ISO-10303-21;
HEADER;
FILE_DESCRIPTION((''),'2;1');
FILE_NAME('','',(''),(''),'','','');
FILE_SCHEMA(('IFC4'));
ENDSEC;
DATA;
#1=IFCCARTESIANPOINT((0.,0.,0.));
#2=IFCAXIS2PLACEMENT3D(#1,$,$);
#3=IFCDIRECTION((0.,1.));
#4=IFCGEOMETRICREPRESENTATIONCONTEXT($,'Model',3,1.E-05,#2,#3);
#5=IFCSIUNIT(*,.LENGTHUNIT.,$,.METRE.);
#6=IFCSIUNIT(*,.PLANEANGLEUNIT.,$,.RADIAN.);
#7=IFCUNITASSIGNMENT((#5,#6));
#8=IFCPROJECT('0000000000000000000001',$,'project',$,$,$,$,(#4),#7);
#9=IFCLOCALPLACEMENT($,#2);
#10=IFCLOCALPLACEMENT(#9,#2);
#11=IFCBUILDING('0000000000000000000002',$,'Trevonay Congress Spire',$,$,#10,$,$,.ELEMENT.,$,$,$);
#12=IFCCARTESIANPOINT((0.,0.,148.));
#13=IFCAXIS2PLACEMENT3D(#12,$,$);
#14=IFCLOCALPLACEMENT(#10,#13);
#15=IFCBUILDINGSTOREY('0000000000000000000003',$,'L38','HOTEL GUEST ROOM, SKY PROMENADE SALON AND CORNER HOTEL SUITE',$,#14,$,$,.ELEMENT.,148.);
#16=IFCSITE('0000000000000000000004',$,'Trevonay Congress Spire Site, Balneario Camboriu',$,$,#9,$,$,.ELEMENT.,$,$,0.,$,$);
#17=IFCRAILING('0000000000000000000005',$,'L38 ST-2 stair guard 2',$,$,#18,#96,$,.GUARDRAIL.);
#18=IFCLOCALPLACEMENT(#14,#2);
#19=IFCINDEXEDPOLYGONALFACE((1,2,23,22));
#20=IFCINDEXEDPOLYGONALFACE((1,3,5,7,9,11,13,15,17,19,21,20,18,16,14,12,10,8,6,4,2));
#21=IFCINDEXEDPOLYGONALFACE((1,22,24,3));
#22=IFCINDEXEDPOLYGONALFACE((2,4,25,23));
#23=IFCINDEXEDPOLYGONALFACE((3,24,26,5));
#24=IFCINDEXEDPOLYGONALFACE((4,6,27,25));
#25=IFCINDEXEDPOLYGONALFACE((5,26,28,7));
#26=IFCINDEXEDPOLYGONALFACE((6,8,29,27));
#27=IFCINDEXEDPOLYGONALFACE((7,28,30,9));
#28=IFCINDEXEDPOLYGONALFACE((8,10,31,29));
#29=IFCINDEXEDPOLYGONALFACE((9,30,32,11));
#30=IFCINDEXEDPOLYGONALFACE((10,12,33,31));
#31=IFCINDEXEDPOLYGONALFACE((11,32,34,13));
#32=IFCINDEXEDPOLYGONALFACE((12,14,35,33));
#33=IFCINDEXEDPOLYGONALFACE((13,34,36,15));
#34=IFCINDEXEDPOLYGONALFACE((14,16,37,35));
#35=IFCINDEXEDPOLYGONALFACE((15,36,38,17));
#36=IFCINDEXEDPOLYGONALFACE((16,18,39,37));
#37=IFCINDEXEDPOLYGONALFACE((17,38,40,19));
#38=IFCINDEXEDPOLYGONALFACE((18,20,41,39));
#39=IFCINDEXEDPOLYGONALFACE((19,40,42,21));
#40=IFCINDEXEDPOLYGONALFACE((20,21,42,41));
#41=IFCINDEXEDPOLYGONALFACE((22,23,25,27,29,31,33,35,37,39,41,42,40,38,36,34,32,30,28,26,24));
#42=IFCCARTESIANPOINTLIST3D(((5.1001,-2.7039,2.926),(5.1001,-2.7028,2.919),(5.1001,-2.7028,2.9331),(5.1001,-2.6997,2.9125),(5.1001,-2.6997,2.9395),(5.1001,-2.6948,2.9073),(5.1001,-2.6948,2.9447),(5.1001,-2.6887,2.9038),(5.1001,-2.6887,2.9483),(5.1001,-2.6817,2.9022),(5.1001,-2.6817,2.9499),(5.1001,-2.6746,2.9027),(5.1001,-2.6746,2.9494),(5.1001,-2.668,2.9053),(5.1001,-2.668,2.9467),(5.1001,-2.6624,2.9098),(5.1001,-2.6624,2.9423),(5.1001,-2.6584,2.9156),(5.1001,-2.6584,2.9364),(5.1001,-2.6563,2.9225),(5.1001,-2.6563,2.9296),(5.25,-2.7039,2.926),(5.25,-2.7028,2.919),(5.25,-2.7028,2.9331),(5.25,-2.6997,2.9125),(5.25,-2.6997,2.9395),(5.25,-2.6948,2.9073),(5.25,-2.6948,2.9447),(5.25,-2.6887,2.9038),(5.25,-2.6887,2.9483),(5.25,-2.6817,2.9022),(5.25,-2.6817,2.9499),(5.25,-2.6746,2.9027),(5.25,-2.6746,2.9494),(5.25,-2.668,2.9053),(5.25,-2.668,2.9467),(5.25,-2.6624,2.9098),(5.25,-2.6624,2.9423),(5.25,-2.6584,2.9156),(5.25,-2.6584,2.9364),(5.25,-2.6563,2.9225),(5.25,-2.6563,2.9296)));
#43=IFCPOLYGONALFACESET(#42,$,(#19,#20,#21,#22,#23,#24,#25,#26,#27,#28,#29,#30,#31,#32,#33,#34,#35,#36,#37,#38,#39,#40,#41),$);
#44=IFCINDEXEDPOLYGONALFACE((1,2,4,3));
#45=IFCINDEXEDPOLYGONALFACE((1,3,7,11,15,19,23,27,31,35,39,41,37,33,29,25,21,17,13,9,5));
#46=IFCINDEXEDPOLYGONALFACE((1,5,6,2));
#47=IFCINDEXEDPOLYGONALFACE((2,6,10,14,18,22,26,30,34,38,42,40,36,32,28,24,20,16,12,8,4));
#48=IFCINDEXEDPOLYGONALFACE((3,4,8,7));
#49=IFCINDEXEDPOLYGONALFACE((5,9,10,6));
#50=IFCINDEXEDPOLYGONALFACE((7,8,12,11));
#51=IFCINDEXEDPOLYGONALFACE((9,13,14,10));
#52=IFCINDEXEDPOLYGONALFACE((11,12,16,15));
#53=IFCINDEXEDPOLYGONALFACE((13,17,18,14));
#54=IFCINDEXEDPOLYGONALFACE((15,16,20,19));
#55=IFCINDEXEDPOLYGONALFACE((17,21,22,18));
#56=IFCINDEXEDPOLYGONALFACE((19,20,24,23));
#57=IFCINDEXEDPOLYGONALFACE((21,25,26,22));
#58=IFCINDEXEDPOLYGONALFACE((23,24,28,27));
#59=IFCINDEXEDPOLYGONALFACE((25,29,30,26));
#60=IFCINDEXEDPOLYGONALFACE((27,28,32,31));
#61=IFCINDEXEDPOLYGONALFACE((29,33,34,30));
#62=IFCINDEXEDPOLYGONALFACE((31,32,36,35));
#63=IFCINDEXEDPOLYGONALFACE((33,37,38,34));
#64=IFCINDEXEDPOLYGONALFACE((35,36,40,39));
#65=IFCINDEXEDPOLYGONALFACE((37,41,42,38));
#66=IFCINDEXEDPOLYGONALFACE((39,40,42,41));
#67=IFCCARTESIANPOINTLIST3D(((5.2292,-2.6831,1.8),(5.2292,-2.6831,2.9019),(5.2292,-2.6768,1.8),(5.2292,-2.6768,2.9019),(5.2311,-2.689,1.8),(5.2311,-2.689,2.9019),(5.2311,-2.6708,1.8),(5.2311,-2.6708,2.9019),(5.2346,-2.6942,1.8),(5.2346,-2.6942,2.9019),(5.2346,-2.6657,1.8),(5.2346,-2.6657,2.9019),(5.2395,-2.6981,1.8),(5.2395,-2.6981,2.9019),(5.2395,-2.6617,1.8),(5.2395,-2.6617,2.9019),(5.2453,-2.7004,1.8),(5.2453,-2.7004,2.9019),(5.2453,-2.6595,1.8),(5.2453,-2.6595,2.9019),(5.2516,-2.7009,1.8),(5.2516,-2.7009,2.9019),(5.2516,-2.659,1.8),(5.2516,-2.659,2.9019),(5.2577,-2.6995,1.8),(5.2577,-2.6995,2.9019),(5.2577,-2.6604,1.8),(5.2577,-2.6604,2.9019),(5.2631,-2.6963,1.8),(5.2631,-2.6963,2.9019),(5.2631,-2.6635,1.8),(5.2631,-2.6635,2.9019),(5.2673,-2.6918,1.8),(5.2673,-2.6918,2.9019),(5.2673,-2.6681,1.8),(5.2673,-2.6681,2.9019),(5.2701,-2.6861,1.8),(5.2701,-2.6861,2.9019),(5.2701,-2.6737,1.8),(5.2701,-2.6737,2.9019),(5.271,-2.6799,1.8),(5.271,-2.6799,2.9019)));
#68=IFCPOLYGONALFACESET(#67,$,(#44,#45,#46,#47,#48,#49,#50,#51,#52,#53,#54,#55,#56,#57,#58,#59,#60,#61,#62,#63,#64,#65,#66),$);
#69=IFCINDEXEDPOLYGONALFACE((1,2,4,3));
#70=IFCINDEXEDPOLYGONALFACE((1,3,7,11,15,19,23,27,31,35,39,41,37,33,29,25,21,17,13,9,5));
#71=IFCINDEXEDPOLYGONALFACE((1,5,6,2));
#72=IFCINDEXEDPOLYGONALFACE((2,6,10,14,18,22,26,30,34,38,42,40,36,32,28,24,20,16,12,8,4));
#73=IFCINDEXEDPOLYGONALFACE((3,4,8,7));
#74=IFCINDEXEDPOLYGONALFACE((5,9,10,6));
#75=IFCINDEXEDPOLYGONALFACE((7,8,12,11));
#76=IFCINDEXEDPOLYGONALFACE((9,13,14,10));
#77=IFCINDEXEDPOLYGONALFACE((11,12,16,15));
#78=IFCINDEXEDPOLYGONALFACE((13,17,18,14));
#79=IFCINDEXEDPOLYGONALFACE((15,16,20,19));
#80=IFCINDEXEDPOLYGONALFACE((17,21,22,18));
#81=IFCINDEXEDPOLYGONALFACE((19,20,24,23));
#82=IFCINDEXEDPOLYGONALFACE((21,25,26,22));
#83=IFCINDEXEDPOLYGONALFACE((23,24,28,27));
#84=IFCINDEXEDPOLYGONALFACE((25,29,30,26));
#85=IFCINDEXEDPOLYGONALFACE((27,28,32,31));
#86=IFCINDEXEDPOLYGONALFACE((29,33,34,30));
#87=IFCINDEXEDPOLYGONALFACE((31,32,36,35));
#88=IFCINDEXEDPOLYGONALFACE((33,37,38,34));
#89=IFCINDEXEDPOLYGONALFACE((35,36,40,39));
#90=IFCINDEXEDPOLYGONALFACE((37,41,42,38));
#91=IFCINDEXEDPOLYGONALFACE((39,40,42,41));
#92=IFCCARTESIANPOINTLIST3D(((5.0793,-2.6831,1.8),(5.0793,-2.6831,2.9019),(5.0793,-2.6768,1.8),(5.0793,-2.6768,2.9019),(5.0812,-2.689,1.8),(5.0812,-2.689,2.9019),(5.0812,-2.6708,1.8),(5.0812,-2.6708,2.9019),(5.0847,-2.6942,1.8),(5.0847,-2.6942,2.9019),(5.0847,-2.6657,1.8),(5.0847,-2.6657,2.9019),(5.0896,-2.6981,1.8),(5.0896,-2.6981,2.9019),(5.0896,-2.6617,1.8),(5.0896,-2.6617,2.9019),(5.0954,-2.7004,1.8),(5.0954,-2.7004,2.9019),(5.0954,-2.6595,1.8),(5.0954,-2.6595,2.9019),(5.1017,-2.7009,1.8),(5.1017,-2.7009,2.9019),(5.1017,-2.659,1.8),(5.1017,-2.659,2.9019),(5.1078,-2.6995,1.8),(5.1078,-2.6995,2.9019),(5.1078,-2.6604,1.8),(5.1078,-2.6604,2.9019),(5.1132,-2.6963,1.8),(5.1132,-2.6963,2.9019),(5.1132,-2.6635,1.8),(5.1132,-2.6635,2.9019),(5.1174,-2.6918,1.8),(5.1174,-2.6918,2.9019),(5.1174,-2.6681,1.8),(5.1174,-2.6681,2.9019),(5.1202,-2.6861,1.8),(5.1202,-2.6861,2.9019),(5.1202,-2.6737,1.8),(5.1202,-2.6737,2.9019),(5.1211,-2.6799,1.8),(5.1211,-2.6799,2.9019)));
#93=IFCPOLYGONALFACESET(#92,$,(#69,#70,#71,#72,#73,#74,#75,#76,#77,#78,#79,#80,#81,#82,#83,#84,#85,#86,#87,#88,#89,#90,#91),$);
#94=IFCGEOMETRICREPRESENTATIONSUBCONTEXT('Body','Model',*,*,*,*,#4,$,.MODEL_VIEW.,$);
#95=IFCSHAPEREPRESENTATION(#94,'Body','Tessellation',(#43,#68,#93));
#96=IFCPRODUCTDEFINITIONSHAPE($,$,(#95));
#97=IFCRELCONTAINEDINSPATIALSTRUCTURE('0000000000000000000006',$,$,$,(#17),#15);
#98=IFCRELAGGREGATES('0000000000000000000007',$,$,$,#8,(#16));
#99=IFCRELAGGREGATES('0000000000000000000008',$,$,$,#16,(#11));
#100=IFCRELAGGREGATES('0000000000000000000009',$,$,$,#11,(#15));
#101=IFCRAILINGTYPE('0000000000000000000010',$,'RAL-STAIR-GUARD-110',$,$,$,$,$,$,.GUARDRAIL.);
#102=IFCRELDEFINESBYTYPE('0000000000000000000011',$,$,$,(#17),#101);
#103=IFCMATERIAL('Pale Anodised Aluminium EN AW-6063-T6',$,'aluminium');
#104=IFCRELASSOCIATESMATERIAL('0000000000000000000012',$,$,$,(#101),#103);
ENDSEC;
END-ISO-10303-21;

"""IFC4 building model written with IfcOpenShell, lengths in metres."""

from ifc_helpers import new_model, si_unit, direction, frame, origin, origin_2d, place, context, subcontext, project, spatial, circle, extrude, material, type_object, element, save


model = new_model("IFC4")

# Units and contexts
model_context = context("Model", 3, precision=1e-05, world=origin(), true_north=direction((0.0, 1.0)))
body_context = subcontext(model_context, "Body", "Model", "MODEL_VIEW")
ifc_project = project(units=[si_unit("LENGTHUNIT", "METRE"), si_unit("PLANEANGLEUNIT", "RADIAN")], contexts=[model_context])

# Site, building, storey
site_placement = place(None, origin())
site = spatial("IfcSite", under=ifc_project, at=site_placement, Name="Trevonay Congress Spire Site, Balneario Camboriu", CompositionType="ELEMENT", RefElevation=0.0)
building_placement = place(site_placement, origin())
building = spatial("IfcBuilding", under=site, at=building_placement, Name="Trevonay Congress Spire", CompositionType="ELEMENT")
storey_placement = place(building_placement, frame((0.0, 0.0, 148.0)))
storey = spatial("IfcBuildingStorey", under=building, at=storey_placement, Name="L38", Description="HOTEL GUEST ROOM, SKY PROMENADE SALON AND CORNER HOTEL SUITE", CompositionType="ELEMENT", Elevation=148.0)

# Railing
ifc_material_1 = material(Name="Pale Anodised Aluminium EN AW-6063-T6", Category="aluminium")
railing_type_1 = type_object("IfcRailingType", Name="RAL-STAIR-GUARD-110", PredefinedType="GUARDRAIL", material=ifc_material_1)
railing_1_placement = place(storey_placement, frame((5.25, -2.6799, 1.8)))
element("IfcRailing", 1, at=railing_1_placement, inside=storey, type_object=railing_type_1, Name="L38 ST-2 stair guard 2", PredefinedType="GUARDRAIL", context=body_context, shape_type="SweptSolid", body=[
    extrude(circle(Radius=0.0239, at=origin_2d()), frame((0.0, 0.0, 1.126), z_axis=(-1.0, 0.0, 0.0), x_axis=(0.0, -1.0, 0.0)), (0.0, 0.0, 1.0), 0.1499),
    extrude(circle(Radius=0.021, at=origin_2d()), origin(), (0.0, 0.0, 1.0), 1.1018),
    extrude(circle(Radius=0.021, at=origin_2d()), frame((-0.1499, 0.0, 0.0)), (0.0, 0.0, 1.0), 1.1018),
])

save(model, "model.ifc")
